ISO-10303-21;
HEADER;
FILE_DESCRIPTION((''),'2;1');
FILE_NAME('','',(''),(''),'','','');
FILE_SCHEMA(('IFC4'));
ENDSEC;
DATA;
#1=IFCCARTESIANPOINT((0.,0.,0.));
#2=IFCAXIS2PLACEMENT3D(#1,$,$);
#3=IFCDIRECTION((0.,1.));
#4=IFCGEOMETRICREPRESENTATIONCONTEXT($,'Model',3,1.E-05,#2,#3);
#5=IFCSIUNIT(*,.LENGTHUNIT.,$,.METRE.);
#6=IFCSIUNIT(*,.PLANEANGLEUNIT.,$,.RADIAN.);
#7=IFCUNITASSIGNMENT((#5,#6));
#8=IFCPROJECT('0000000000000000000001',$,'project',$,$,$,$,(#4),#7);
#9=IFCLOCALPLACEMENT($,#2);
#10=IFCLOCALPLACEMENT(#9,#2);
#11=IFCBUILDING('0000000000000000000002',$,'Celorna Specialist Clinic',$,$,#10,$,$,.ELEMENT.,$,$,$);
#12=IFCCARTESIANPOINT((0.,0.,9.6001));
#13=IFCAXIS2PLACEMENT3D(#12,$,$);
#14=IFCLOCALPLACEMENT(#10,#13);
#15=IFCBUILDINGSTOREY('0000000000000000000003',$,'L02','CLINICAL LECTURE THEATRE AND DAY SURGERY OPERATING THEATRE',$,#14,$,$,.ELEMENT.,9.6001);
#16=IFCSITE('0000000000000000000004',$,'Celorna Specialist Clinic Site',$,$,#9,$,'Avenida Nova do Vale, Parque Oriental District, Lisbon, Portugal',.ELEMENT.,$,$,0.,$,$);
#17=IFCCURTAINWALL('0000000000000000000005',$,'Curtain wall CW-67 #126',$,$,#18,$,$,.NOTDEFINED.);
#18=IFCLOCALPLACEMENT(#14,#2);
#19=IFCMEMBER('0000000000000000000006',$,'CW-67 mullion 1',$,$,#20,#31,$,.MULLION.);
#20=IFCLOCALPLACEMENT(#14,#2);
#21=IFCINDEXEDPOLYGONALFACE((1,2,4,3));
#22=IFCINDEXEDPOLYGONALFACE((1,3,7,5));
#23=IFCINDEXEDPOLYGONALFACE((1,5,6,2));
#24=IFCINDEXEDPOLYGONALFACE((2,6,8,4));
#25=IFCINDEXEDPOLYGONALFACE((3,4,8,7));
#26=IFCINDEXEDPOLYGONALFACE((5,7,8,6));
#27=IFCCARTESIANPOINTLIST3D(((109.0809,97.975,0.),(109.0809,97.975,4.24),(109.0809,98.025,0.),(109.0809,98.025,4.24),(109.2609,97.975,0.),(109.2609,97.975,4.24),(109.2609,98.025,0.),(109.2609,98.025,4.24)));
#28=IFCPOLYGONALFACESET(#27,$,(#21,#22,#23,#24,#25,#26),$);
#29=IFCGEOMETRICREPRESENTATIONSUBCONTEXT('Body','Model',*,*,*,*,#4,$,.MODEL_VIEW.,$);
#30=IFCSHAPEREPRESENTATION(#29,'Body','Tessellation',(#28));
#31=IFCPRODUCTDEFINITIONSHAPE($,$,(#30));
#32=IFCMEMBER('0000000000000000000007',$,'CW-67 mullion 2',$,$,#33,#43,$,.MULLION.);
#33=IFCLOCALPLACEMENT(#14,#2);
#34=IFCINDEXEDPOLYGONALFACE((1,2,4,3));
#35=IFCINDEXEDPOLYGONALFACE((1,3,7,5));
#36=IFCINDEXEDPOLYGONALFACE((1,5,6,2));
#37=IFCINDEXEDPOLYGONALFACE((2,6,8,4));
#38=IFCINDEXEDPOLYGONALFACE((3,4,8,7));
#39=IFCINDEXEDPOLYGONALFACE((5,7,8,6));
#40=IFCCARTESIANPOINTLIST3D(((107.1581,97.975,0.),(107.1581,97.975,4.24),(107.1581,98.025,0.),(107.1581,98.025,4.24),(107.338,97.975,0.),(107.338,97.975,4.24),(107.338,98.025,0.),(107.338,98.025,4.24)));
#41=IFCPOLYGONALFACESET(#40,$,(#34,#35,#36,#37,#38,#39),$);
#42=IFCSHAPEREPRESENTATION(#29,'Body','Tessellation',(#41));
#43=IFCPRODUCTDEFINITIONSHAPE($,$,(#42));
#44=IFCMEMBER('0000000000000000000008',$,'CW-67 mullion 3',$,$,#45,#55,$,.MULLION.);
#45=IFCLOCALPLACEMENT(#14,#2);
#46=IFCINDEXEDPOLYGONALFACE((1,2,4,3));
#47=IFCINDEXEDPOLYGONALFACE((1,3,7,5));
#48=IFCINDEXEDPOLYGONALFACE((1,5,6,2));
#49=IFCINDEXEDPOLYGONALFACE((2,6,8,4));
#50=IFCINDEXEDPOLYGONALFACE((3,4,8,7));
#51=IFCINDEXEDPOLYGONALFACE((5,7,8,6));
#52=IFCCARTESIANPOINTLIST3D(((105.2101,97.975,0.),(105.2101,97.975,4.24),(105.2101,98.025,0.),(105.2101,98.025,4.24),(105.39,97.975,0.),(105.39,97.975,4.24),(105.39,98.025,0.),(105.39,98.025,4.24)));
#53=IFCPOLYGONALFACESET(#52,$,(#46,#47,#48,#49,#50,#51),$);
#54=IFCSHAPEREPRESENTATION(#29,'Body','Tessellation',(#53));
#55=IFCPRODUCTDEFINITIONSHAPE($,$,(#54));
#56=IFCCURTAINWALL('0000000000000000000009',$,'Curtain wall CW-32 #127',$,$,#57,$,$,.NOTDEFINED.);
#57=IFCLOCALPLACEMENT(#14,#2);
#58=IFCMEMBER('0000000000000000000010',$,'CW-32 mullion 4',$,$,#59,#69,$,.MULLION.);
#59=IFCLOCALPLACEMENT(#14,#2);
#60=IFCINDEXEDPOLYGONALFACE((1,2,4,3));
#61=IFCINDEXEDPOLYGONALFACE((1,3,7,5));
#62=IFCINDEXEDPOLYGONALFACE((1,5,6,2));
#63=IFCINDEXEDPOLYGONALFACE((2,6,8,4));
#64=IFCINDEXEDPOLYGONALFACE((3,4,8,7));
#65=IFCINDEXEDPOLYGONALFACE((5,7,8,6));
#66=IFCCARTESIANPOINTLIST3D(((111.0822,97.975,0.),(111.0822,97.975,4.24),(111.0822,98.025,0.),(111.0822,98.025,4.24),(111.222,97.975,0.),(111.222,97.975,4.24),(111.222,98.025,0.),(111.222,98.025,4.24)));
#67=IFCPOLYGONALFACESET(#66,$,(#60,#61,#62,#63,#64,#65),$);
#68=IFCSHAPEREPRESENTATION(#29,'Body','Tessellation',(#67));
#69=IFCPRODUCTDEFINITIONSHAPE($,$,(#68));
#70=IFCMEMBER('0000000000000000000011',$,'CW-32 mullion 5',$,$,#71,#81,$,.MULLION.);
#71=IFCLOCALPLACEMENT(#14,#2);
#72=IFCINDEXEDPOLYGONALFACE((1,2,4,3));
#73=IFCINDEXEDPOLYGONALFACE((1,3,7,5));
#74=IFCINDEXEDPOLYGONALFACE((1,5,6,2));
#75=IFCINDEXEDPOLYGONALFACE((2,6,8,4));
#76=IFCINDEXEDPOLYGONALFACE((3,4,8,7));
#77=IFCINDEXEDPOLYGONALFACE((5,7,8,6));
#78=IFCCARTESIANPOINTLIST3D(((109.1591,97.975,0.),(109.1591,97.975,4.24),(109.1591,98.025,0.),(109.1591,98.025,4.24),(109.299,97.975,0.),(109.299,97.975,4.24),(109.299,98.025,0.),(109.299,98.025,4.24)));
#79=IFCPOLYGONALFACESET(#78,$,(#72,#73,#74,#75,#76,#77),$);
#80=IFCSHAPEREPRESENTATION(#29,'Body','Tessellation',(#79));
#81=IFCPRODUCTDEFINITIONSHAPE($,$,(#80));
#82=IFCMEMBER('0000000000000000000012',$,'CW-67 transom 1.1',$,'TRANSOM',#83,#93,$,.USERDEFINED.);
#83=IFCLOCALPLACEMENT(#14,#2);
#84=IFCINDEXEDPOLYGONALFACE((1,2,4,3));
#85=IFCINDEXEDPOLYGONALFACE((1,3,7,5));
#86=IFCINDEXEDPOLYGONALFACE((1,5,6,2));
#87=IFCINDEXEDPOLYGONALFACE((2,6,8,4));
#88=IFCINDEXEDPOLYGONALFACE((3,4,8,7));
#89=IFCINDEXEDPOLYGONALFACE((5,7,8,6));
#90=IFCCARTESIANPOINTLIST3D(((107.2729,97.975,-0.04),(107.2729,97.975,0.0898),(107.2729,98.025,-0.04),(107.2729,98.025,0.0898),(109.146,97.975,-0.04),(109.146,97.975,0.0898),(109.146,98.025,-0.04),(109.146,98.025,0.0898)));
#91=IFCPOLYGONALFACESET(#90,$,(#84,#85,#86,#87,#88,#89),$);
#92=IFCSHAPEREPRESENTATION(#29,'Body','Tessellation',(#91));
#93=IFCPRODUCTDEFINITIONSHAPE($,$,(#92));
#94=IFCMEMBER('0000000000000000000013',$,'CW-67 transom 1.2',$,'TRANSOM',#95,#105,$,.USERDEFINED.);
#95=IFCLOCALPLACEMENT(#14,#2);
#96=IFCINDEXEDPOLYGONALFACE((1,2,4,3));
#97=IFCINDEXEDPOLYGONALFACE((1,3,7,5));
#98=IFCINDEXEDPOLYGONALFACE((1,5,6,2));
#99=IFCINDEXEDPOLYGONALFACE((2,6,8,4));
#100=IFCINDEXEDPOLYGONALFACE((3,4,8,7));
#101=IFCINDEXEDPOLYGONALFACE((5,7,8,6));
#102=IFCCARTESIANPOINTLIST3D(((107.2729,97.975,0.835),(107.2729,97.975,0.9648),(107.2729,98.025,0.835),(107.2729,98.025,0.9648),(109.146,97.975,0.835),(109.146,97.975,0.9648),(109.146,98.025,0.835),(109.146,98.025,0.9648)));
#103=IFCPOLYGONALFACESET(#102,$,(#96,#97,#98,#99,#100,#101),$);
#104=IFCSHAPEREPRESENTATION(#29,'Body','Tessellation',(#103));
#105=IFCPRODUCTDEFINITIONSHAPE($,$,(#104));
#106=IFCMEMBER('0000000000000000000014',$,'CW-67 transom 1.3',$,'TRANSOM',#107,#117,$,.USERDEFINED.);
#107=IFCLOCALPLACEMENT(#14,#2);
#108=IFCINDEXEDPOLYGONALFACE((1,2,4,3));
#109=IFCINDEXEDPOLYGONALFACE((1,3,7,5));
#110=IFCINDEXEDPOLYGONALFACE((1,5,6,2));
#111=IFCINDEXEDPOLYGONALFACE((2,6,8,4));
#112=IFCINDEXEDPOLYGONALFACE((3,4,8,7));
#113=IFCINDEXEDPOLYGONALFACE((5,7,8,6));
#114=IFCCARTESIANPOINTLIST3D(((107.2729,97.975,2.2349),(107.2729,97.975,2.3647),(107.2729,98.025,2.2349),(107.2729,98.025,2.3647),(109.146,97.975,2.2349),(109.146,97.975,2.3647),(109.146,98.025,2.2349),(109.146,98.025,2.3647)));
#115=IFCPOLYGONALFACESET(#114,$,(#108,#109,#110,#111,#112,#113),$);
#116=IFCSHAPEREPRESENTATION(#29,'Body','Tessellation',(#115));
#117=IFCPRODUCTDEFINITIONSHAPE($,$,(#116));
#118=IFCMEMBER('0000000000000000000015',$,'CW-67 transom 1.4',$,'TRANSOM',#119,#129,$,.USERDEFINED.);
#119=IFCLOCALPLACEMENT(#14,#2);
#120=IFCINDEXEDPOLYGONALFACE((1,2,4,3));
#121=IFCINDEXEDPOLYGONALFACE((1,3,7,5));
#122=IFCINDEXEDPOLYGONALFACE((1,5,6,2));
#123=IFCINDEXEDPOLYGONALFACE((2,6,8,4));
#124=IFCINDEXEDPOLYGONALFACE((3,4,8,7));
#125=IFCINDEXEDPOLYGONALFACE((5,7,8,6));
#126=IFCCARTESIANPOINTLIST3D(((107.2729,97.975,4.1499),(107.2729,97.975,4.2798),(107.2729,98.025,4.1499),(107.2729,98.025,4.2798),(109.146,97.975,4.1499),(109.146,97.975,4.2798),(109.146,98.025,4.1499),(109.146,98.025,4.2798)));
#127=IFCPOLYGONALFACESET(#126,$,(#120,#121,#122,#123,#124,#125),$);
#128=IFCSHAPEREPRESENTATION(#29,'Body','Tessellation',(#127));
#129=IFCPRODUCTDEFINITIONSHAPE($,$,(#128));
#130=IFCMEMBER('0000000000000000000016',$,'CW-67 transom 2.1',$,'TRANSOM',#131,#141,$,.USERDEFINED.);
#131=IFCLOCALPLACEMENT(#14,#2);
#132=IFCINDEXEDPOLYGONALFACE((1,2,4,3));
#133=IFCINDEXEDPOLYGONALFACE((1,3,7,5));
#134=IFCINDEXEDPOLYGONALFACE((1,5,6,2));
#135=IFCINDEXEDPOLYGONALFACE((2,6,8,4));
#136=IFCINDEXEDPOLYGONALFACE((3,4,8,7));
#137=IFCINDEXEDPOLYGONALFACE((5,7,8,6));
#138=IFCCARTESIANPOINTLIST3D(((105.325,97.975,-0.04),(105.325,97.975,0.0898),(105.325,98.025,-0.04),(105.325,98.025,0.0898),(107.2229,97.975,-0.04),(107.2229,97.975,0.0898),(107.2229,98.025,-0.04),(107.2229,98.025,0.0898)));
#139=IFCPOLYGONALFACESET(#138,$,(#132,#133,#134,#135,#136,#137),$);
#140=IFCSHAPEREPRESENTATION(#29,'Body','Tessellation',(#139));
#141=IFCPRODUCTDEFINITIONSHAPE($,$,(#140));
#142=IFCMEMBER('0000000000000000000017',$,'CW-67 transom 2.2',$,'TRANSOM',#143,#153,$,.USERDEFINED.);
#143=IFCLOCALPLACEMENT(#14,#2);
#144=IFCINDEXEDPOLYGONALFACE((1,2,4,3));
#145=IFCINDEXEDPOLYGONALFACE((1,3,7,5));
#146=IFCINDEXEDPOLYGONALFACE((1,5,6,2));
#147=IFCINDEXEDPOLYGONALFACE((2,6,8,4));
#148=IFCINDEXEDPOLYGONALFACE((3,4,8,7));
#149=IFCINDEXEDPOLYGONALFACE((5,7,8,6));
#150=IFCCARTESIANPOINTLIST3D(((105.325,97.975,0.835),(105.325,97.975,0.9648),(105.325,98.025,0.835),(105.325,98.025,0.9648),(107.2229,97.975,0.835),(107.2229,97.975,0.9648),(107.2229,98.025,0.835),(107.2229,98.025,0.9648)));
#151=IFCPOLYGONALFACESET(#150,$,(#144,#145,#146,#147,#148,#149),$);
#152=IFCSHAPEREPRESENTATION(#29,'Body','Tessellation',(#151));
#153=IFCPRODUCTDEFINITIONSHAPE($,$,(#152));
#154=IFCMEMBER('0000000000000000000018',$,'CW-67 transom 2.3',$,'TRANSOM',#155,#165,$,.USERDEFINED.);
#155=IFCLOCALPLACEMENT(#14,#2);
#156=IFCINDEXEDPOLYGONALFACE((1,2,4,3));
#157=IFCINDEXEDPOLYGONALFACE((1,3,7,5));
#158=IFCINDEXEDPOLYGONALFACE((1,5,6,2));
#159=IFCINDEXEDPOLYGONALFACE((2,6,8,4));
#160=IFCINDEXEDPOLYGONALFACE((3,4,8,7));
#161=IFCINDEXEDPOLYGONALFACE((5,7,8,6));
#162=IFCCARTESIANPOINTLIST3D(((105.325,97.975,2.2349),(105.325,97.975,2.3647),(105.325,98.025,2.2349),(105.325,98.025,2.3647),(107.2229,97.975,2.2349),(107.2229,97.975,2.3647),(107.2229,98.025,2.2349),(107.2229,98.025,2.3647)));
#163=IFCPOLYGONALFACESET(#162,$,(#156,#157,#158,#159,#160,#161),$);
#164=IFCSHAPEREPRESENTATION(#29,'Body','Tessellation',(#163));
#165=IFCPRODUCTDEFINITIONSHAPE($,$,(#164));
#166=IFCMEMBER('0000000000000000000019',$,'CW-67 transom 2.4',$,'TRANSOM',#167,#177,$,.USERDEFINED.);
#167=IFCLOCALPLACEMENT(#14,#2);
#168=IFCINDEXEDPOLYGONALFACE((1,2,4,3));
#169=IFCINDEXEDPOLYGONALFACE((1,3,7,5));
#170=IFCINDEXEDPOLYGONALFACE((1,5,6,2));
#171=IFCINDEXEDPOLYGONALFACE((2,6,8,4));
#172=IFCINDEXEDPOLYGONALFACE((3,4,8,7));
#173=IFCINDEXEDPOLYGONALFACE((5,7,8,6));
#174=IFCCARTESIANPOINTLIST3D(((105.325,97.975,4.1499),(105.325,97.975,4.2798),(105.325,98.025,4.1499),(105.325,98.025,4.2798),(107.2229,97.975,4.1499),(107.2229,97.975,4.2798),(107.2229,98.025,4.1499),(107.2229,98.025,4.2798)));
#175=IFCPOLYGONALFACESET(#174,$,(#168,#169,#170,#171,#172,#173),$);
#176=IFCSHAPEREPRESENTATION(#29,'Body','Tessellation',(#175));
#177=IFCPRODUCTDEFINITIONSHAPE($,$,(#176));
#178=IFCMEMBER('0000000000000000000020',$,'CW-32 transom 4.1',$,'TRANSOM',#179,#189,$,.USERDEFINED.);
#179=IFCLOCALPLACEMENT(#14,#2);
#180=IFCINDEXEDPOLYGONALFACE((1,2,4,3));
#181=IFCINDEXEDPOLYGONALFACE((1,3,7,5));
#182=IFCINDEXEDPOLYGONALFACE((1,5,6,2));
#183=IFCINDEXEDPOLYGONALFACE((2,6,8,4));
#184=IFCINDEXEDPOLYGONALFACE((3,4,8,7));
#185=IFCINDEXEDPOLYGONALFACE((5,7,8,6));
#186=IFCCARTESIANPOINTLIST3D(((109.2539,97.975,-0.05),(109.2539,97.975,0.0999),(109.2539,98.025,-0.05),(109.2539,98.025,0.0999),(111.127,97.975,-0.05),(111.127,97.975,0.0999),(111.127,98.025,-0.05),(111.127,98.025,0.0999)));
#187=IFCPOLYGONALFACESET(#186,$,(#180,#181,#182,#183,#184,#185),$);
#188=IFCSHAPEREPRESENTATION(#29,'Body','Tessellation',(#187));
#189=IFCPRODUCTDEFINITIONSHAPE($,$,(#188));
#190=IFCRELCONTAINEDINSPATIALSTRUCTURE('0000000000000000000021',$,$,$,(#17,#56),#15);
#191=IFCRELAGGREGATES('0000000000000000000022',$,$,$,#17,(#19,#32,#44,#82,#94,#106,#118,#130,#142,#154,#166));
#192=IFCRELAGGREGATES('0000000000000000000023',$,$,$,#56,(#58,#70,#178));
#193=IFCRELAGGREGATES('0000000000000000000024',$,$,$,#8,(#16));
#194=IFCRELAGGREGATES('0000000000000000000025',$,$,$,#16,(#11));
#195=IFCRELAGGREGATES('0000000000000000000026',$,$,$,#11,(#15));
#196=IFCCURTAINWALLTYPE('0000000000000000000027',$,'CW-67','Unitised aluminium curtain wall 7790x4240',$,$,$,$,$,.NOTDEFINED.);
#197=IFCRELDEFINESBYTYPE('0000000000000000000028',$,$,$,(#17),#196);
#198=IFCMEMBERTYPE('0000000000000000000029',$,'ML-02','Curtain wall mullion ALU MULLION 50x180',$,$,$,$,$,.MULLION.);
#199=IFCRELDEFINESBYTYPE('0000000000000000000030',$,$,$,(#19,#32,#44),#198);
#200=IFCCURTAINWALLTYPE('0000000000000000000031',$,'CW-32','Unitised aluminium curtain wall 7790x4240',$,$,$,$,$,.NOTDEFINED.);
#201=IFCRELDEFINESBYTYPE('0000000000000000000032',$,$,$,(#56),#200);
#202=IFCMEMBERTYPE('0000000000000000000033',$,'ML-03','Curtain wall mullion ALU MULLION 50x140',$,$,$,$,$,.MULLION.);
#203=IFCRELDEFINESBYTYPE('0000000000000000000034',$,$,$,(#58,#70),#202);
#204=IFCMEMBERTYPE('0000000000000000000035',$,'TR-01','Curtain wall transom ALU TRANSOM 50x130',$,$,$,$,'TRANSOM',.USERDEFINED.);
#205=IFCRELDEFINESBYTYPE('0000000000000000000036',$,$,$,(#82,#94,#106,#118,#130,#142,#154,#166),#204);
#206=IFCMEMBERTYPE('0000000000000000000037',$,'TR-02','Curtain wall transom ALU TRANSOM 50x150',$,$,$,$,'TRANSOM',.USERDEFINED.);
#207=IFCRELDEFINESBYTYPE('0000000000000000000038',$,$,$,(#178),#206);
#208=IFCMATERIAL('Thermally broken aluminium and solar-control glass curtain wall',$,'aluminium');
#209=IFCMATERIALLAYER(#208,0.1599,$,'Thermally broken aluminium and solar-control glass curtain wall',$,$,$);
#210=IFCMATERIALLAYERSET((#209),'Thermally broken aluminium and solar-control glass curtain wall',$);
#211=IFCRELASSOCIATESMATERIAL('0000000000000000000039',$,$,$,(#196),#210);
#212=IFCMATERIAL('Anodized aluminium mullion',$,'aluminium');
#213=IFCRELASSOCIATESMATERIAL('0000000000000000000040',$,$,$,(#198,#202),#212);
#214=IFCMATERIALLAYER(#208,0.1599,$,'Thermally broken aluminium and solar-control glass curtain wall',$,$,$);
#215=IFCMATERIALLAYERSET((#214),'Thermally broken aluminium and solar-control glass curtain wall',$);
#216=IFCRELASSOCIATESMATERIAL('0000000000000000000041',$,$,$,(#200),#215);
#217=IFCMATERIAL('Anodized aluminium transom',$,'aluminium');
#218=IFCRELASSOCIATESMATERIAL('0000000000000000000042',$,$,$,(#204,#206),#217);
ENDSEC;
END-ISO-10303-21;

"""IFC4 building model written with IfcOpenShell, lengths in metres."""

from ifc_helpers import new_model, si_unit, direction, frame, origin, origin_2d, place, context, subcontext, project, spatial, rectangle, extrude, material, layer, layer_set, material_profile, profile_set, type_object, element, aggregate, save


model = new_model("IFC4")

# Units and contexts
model_context = context("Model", 3, precision=1e-05, world=origin(), true_north=direction((0.0, 1.0)))
body_context = subcontext(model_context, "Body", "Model", "MODEL_VIEW")
ifc_project = project(units=[si_unit("LENGTHUNIT", "METRE"), si_unit("PLANEANGLEUNIT", "RADIAN")], contexts=[model_context])

# Site, building, storey
site_placement = place(None, origin())
site = spatial("IfcSite", under=ifc_project, at=site_placement, Name="Celorna Specialist Clinic Site", LongName="Avenida Nova do Vale, Parque Oriental District, Lisbon, Portugal", CompositionType="ELEMENT", RefElevation=0.0)
building_placement = place(site_placement, origin())
building = spatial("IfcBuilding", under=site, at=building_placement, Name="Celorna Specialist Clinic", CompositionType="ELEMENT")
storey_placement = place(building_placement, frame((0.0, 0.0, 9.6001)))
storey = spatial("IfcBuildingStorey", under=building, at=storey_placement, Name="L02", Description="CLINICAL LECTURE THEATRE AND DAY SURGERY OPERATING THEATRE", CompositionType="ELEMENT", Elevation=9.6001)

# Curtain walls, members
ifc_material_1 = material(Name="Thermally broken aluminium and solar-control glass curtain wall", Category="aluminium")
ifc_layer_1 = layer(ifc_material_1, 0.1599, Name="Thermally broken aluminium and solar-control glass curtain wall")
ifc_layer_set_1 = layer_set([ifc_layer_1], Name="Thermally broken aluminium and solar-control glass curtain wall")
curtain_wall_type_1 = type_object("IfcCurtainWallType", Name="CW-67", Description="Unitised aluminium curtain wall 7790x4240", PredefinedType="NOTDEFINED", material=ifc_layer_set_1)
curtain_wall_1_placement = place(storey_placement, origin())
curtain_wall_1 = element("IfcCurtainWall", 1, at=curtain_wall_1_placement, inside=storey, type_object=curtain_wall_type_1, Name="Curtain wall CW-67 #126", PredefinedType="NOTDEFINED")
ifc_material_2 = material(Name="Anodized aluminium mullion", Category="aluminium")
ifc_material_profile_1 = material_profile(ifc_material_2, rectangle(XDim=0.05, YDim=0.1799, at=origin_2d()), Name="ALU MULLION 50x180")
ifc_profile_set_1 = profile_set([ifc_material_profile_1], Name="Anodized aluminium mullion")
member_type_1 = type_object("IfcMemberType", Name="ML-02", Description="Curtain wall mullion ALU MULLION 50x180", PredefinedType="MULLION", material=ifc_profile_set_1)
member_1_placement = place(storey_placement, frame((109.1709, 98.0, 0.0), z_axis=(0.0, 0.0, 1.0), x_axis=(0.0, -1.0, 0.0)))
member_1 = element("IfcMember", 2, at=member_1_placement, type_object=member_type_1, Name="CW-67 mullion 1", PredefinedType="MULLION", context=body_context, shape_type="SweptSolid", body=[
    extrude(rectangle(XDim=0.05, YDim=0.1799, at=origin_2d()), origin(), (0.0, 0.0, 1.0), 4.24),
])
member_2_placement = place(storey_placement, frame((107.248, 98.0, 0.0), z_axis=(0.0, 0.0, 1.0), x_axis=(0.0, -1.0, 0.0)))
member_2 = element("IfcMember", 3, at=member_2_placement, type_object=member_type_1, Name="CW-67 mullion 2", PredefinedType="MULLION", context=body_context, shape_type="SweptSolid", body=[
    extrude(rectangle(XDim=0.05, YDim=0.1799, at=origin_2d()), origin(), (0.0, 0.0, 1.0), 4.24),
])
member_3_placement = place(storey_placement, frame((105.3, 98.0, 0.0), z_axis=(0.0, 0.0, 1.0), x_axis=(0.0, -1.0, 0.0)))
member_3 = element("IfcMember", 4, at=member_3_placement, type_object=member_type_1, Name="CW-67 mullion 3", PredefinedType="MULLION", context=body_context, shape_type="SweptSolid", body=[
    extrude(rectangle(XDim=0.05, YDim=0.1799, at=origin_2d()), origin(), (0.0, 0.0, 1.0), 4.24),
])
ifc_layer_2 = layer(ifc_material_1, 0.1599, Name="Thermally broken aluminium and solar-control glass curtain wall")
ifc_layer_set_2 = layer_set([ifc_layer_2], Name="Thermally broken aluminium and solar-control glass curtain wall")
curtain_wall_type_2 = type_object("IfcCurtainWallType", Name="CW-32", Description="Unitised aluminium curtain wall 7790x4240", PredefinedType="NOTDEFINED", material=ifc_layer_set_2)
curtain_wall_2_placement = place(storey_placement, origin())
curtain_wall_2 = element("IfcCurtainWall", 5, at=curtain_wall_2_placement, inside=storey, type_object=curtain_wall_type_2, Name="Curtain wall CW-32 #127", PredefinedType="NOTDEFINED")
ifc_material_profile_2 = material_profile(ifc_material_2, rectangle(XDim=0.05, YDim=0.1399, at=origin_2d()), Name="ALU MULLION 50x140")
ifc_profile_set_2 = profile_set([ifc_material_profile_2], Name="Anodized aluminium mullion")
member_type_2 = type_object("IfcMemberType", Name="ML-03", Description="Curtain wall mullion ALU MULLION 50x140", PredefinedType="MULLION", material=ifc_profile_set_2)
member_4_placement = place(storey_placement, frame((111.1521, 98.0, 0.0), z_axis=(0.0, 0.0, 1.0), x_axis=(0.0, -1.0, 0.0)))
member_4 = element("IfcMember", 6, at=member_4_placement, type_object=member_type_2, Name="CW-32 mullion 4", PredefinedType="MULLION", context=body_context, shape_type="SweptSolid", body=[
    extrude(rectangle(XDim=0.05, YDim=0.1399, at=origin_2d()), origin(), (0.0, 0.0, 1.0), 4.24),
])
member_5_placement = place(storey_placement, frame((109.229, 98.0, 0.0), z_axis=(0.0, 0.0, 1.0), x_axis=(0.0, -1.0, 0.0)))
member_5 = element("IfcMember", 7, at=member_5_placement, type_object=member_type_2, Name="CW-32 mullion 5", PredefinedType="MULLION", context=body_context, shape_type="SweptSolid", body=[
    extrude(rectangle(XDim=0.05, YDim=0.1399, at=origin_2d()), origin(), (0.0, 0.0, 1.0), 4.24),
])

# Members
ifc_material_3 = material(Name="Anodized aluminium transom", Category="aluminium")
ifc_material_profile_3 = material_profile(ifc_material_3, rectangle(XDim=0.05, YDim=0.1299, at=origin_2d()), Name="ALU TRANSOM 50x130")
ifc_profile_set_3 = profile_set([ifc_material_profile_3], Name="Anodized aluminium transom")
member_type_3 = type_object("IfcMemberType", Name="TR-01", Description="Curtain wall transom ALU TRANSOM 50x130", ElementType="TRANSOM", PredefinedType="USERDEFINED", material=ifc_profile_set_3)
member_6_placement = place(storey_placement, frame((109.146, 98.0, 0.0249), z_axis=(-1.0, 0.0, 0.0), x_axis=(0.0, -1.0, 0.0)))
member_6 = element("IfcMember", 8, at=member_6_placement, type_object=member_type_3, Name="CW-67 transom 1.1", ObjectType="TRANSOM", PredefinedType="USERDEFINED", context=body_context, shape_type="SweptSolid", body=[
    extrude(rectangle(XDim=0.05, YDim=0.1299, at=origin_2d()), origin(), (0.0, 0.0, 1.0), 1.873),
])
member_7_placement = place(storey_placement, frame((109.146, 98.0, 0.8999), z_axis=(-1.0, 0.0, 0.0), x_axis=(0.0, -1.0, 0.0)))
member_7 = element("IfcMember", 9, at=member_7_placement, type_object=member_type_3, Name="CW-67 transom 1.2", ObjectType="TRANSOM", PredefinedType="USERDEFINED", context=body_context, shape_type="SweptSolid", body=[
    extrude(rectangle(XDim=0.05, YDim=0.1299, at=origin_2d()), origin(), (0.0, 0.0, 1.0), 1.873),
])
member_8_placement = place(storey_placement, frame((109.146, 98.0, 2.2998), z_axis=(-1.0, 0.0, 0.0), x_axis=(0.0, -1.0, 0.0)))
member_8 = element("IfcMember", 10, at=member_8_placement, type_object=member_type_3, Name="CW-67 transom 1.3", ObjectType="TRANSOM", PredefinedType="USERDEFINED", context=body_context, shape_type="SweptSolid", body=[
    extrude(rectangle(XDim=0.05, YDim=0.1299, at=origin_2d()), origin(), (0.0, 0.0, 1.0), 1.873),
])
member_9_placement = place(storey_placement, frame((109.146, 98.0, 4.2148), z_axis=(-1.0, 0.0, 0.0), x_axis=(0.0, -1.0, 0.0)))
member_9 = element("IfcMember", 11, at=member_9_placement, type_object=member_type_3, Name="CW-67 transom 1.4", ObjectType="TRANSOM", PredefinedType="USERDEFINED", context=body_context, shape_type="SweptSolid", body=[
    extrude(rectangle(XDim=0.05, YDim=0.1299, at=origin_2d()), origin(), (0.0, 0.0, 1.0), 1.873),
])
member_10_placement = place(storey_placement, frame((107.2229, 98.0, 0.0249), z_axis=(-1.0, 0.0, 0.0), x_axis=(0.0, -1.0, 0.0)))
member_10 = element("IfcMember", 12, at=member_10_placement, type_object=member_type_3, Name="CW-67 transom 2.1", ObjectType="TRANSOM", PredefinedType="USERDEFINED", context=body_context, shape_type="SweptSolid", body=[
    extrude(rectangle(XDim=0.05, YDim=0.1299, at=origin_2d()), origin(), (0.0, 0.0, 1.0), 1.8979),
])
member_11_placement = place(storey_placement, frame((107.2229, 98.0, 0.8999), z_axis=(-1.0, 0.0, 0.0), x_axis=(0.0, -1.0, 0.0)))
member_11 = element("IfcMember", 13, at=member_11_placement, type_object=member_type_3, Name="CW-67 transom 2.2", ObjectType="TRANSOM", PredefinedType="USERDEFINED", context=body_context, shape_type="SweptSolid", body=[
    extrude(rectangle(XDim=0.05, YDim=0.1299, at=origin_2d()), origin(), (0.0, 0.0, 1.0), 1.8979),
])
member_12_placement = place(storey_placement, frame((107.2229, 98.0, 2.2998), z_axis=(-1.0, 0.0, 0.0), x_axis=(0.0, -1.0, 0.0)))
member_12 = element("IfcMember", 14, at=member_12_placement, type_object=member_type_3, Name="CW-67 transom 2.3", ObjectType="TRANSOM", PredefinedType="USERDEFINED", context=body_context, shape_type="SweptSolid", body=[
    extrude(rectangle(XDim=0.05, YDim=0.1299, at=origin_2d()), origin(), (0.0, 0.0, 1.0), 1.8979),
])
member_13_placement = place(storey_placement, frame((107.2229, 98.0, 4.2148), z_axis=(-1.0, 0.0, 0.0), x_axis=(0.0, -1.0, 0.0)))
member_13 = element("IfcMember", 15, at=member_13_placement, type_object=member_type_3, Name="CW-67 transom 2.4", ObjectType="TRANSOM", PredefinedType="USERDEFINED", context=body_context, shape_type="SweptSolid", body=[
    extrude(rectangle(XDim=0.05, YDim=0.1299, at=origin_2d()), origin(), (0.0, 0.0, 1.0), 1.8979),
])
ifc_material_profile_4 = material_profile(ifc_material_3, rectangle(XDim=0.05, YDim=0.1499, at=origin_2d()), Name="ALU TRANSOM 50x150")
ifc_profile_set_4 = profile_set([ifc_material_profile_4], Name="Anodized aluminium transom")
member_type_4 = type_object("IfcMemberType", Name="TR-02", Description="Curtain wall transom ALU TRANSOM 50x150", ElementType="TRANSOM", PredefinedType="USERDEFINED", material=ifc_profile_set_4)
member_14_placement = place(storey_placement, frame((111.127, 98.0, 0.0249), z_axis=(-1.0, 0.0, 0.0), x_axis=(0.0, -1.0, 0.0)))
member_14 = element("IfcMember", 16, at=member_14_placement, type_object=member_type_4, Name="CW-32 transom 4.1", ObjectType="TRANSOM", PredefinedType="USERDEFINED", context=body_context, shape_type="SweptSolid", body=[
    extrude(rectangle(XDim=0.05, YDim=0.1499, at=origin_2d()), origin(), (0.0, 0.0, 1.0), 1.873),
])

aggregate(curtain_wall_1, [member_1, member_2, member_3, member_6, member_7, member_8, member_9, member_10, member_11, member_12, member_13])
aggregate(curtain_wall_2, [member_4, member_5, member_14])

save(model, "model.ifc")
